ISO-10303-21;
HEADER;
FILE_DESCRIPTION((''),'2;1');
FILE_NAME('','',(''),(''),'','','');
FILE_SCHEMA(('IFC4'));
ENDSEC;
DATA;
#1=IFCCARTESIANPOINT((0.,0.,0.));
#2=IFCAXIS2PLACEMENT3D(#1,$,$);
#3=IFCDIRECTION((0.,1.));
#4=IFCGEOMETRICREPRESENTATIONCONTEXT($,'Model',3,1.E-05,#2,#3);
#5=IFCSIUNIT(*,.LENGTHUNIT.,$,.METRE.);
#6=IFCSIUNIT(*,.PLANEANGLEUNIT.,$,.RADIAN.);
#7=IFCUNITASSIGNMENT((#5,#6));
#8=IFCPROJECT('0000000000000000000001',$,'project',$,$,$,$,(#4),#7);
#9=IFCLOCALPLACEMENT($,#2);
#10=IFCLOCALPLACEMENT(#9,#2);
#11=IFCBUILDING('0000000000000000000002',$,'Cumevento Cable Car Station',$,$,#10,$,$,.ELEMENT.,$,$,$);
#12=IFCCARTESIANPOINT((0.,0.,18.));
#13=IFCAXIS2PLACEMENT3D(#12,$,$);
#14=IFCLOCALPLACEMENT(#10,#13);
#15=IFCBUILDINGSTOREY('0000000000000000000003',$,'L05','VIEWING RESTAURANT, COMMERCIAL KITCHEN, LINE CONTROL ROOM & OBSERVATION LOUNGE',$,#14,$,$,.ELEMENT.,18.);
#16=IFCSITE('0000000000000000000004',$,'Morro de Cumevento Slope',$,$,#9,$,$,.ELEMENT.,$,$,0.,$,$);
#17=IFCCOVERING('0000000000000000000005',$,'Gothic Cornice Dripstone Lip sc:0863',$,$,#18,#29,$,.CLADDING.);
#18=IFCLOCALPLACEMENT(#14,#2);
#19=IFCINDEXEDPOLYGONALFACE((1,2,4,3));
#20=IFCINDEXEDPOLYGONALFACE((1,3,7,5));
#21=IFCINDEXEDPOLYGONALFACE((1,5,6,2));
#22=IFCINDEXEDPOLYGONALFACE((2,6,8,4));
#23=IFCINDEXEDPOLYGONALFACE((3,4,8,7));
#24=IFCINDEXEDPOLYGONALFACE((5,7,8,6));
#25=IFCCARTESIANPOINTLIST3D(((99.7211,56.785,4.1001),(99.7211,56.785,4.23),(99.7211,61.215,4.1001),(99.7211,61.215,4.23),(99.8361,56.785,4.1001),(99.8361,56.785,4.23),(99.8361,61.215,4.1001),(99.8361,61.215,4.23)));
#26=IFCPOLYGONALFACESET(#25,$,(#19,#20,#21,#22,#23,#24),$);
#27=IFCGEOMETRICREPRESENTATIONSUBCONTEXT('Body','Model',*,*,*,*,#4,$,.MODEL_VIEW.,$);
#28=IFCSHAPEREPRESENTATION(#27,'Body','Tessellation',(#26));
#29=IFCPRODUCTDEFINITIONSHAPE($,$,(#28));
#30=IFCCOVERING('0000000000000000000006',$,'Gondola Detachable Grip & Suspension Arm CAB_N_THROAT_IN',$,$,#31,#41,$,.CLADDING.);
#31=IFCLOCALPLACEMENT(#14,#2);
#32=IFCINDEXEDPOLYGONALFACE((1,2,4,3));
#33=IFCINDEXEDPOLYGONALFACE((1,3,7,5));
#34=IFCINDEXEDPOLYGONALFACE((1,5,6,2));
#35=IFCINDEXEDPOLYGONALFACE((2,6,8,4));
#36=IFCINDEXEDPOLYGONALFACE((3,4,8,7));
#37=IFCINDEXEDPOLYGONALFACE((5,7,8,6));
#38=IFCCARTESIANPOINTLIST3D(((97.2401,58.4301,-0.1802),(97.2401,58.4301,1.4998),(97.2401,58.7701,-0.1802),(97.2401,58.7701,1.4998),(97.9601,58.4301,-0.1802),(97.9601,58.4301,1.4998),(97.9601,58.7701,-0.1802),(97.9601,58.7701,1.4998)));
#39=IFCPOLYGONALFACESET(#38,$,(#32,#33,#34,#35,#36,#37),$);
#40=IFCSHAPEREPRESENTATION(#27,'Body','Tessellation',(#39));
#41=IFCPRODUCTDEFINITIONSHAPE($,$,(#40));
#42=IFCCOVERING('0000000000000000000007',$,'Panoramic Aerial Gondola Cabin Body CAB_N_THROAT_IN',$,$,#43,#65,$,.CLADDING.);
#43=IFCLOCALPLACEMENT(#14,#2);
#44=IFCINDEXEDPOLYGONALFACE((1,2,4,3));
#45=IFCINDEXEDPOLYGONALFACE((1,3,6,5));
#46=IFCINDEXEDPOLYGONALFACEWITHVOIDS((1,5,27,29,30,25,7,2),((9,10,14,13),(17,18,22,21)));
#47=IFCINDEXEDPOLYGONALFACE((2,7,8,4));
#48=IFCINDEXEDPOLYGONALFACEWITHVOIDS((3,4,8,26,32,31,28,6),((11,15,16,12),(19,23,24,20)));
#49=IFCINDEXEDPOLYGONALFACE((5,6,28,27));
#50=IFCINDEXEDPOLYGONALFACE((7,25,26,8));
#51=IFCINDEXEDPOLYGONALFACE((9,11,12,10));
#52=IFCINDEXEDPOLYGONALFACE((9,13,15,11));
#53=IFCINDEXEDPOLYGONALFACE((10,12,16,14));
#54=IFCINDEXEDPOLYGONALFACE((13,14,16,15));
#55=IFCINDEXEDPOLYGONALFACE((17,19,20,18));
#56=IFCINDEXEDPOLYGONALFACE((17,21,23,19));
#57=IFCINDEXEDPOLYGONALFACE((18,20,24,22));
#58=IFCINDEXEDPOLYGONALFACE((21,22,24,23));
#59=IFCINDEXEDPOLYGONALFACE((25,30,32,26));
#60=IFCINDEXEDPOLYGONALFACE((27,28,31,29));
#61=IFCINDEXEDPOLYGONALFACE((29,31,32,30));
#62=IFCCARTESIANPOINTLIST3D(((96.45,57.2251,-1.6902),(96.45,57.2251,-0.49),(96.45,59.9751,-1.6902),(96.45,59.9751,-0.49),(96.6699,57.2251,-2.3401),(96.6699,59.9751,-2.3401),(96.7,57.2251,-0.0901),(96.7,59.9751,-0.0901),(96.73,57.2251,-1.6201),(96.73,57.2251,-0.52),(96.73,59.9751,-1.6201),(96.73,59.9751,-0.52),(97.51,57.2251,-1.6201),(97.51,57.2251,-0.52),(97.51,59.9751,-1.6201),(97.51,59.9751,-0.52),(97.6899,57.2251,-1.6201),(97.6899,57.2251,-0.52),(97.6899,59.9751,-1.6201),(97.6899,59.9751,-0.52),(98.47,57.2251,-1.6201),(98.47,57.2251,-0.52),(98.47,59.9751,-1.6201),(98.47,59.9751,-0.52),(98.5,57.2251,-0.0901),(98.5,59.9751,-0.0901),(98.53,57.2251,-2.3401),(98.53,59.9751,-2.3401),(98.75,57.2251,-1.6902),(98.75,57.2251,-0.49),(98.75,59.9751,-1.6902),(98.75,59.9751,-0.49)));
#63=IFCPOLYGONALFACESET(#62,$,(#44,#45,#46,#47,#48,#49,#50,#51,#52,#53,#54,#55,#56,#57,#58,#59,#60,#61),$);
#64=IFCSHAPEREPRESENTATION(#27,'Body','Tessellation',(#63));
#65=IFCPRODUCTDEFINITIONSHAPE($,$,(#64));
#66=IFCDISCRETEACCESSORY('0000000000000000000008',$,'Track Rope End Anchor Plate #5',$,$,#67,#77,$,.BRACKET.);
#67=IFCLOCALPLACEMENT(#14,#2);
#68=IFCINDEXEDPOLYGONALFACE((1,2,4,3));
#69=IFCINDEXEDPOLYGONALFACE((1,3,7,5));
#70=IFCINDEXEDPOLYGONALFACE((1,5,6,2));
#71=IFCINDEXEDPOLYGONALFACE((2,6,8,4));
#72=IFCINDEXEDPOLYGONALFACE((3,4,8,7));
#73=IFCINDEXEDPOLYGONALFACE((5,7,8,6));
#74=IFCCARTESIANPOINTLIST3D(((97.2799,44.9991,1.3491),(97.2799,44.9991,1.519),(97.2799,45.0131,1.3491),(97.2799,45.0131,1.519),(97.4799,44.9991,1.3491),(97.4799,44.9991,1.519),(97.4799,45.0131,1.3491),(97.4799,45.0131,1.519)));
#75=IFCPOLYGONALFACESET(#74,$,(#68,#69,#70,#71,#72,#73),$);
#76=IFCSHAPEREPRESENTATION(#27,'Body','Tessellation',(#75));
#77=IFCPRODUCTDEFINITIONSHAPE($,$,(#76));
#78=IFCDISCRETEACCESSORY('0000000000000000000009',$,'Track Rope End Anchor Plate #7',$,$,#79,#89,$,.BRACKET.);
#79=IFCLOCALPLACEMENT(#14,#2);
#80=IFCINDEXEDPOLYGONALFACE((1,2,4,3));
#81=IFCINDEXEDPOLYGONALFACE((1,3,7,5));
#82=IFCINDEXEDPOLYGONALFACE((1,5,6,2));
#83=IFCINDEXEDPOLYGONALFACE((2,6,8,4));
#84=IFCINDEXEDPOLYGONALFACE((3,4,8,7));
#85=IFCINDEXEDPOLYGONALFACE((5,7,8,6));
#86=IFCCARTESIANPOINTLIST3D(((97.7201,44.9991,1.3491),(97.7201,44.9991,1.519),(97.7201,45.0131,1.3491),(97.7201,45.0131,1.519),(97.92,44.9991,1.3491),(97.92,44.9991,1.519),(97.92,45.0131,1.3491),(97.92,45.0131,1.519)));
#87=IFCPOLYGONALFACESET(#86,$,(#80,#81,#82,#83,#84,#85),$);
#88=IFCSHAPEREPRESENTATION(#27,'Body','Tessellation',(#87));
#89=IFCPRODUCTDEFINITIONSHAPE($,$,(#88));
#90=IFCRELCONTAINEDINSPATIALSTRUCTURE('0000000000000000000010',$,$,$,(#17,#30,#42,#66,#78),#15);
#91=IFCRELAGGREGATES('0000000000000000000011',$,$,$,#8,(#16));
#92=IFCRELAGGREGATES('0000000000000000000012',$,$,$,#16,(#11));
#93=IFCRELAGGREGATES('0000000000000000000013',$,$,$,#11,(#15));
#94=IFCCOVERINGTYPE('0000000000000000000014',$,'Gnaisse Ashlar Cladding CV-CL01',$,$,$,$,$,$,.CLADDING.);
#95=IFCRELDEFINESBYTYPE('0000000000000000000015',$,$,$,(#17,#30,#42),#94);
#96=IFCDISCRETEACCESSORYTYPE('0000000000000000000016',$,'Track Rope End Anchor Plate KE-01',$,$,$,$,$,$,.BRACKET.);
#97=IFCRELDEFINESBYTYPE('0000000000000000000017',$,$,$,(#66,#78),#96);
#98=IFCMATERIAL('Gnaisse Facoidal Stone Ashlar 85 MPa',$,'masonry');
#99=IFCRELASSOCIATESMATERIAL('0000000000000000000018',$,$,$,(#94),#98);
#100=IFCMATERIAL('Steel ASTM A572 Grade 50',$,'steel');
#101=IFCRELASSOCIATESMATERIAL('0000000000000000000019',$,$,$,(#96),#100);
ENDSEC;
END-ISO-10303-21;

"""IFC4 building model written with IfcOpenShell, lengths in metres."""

from ifc_helpers import new_model, si_unit, direction, frame, origin, origin_2d, place, context, subcontext, project, spatial, polyline, rectangle, outline, extrude, material, type_object, element, save


model = new_model("IFC4")

# Units and contexts
model_context = context("Model", 3, precision=1e-05, world=origin(), true_north=direction((0.0, 1.0)))
body_context = subcontext(model_context, "Body", "Model", "MODEL_VIEW")
ifc_project = project(units=[si_unit("LENGTHUNIT", "METRE"), si_unit("PLANEANGLEUNIT", "RADIAN")], contexts=[model_context])

# Site, building, storey
site_placement = place(None, origin())
site = spatial("IfcSite", under=ifc_project, at=site_placement, Name="Morro de Cumevento Slope", CompositionType="ELEMENT", RefElevation=0.0)
building_placement = place(site_placement, origin())
building = spatial("IfcBuilding", under=site, at=building_placement, Name="Cumevento Cable Car Station", CompositionType="ELEMENT")
storey_placement = place(building_placement, frame((0.0, 0.0, 18.0)))
storey = spatial("IfcBuildingStorey", under=building, at=storey_placement, Name="L05", Description="VIEWING RESTAURANT, COMMERCIAL KITCHEN, LINE CONTROL ROOM & OBSERVATION LOUNGE", CompositionType="ELEMENT", Elevation=18.0)

# Coverings
ifc_material_1 = material(Name="Gnaisse Facoidal Stone Ashlar 85 MPa", Category="masonry")
covering_type = type_object("IfcCoveringType", Name="Gnaisse Ashlar Cladding CV-CL01", PredefinedType="CLADDING", material=ifc_material_1)
covering_1_placement = place(storey_placement, frame((99.7786, 59.0, 4.1001), z_axis=(0.0, 0.0, 1.0), x_axis=(0.0, 1.0, 0.0)))
element("IfcCovering", 1, at=covering_1_placement, inside=storey, type_object=covering_type, Name="Gothic Cornice Dripstone Lip sc:0863", PredefinedType="CLADDING", context=body_context, shape_type="SweptSolid", body=[
    extrude(rectangle(XDim=4.4299, YDim=0.115, at=origin_2d()), origin(), (0.0, 0.0, 1.0), 0.1299),
])
covering_2_placement = place(storey_placement, frame((97.6001, 58.6001, -0.1802), z_axis=(0.0, 0.0, 1.0), x_axis=(1.0, 0.0, 0.0)))
element("IfcCovering", 2, at=covering_2_placement, inside=storey, type_object=covering_type, Name="Gondola Detachable Grip & Suspension Arm CAB_N_THROAT_IN", PredefinedType="CLADDING", context=body_context, shape_type="SweptSolid", body=[
    extrude(rectangle(XDim=0.72, YDim=0.3401, at=origin_2d()), origin(), (0.0, 0.0, 1.0), 1.6799),
])
covering_3_placement = place(storey_placement, frame((96.45, 58.6001, -2.3401), z_axis=(0.0, 0.0, 1.0), x_axis=(1.0, 0.0, 0.0)))
element("IfcCovering", 3, at=covering_3_placement, inside=storey, type_object=covering_type, Name="Panoramic Aerial Gondola Cabin Body CAB_N_THROAT_IN", PredefinedType="CLADDING", context=body_context, shape_type="SweptSolid", body=[
    extrude(outline(polyline([(0.22, 0.0), (2.0801, 0.0), (2.3, 0.6499), (2.3, 1.8501), (2.05, 2.25), (0.25, 2.25), (0.0, 1.8501), (0.0, 0.6499), (0.22, 0.0)]), holes=[polyline([(0.28, 0.72), (1.0601, 0.72), (1.0601, 1.8201), (0.28, 1.8201), (0.28, 0.72)]), polyline([(1.24, 0.72), (2.02, 0.72), (2.02, 1.8201), (1.24, 1.8201), (1.24, 0.72)])]), frame((0.0, 1.375, 0.0), z_axis=(0.0, -1.0, 0.0), x_axis=(1.0, 0.0, 0.0)), (0.0, 0.0, 1.0), 2.75),
])

# Discrete accessories
ifc_material_2 = material(Name="Steel ASTM A572 Grade 50", Category="steel")
discrete_accessory_type = type_object("IfcDiscreteAccessoryType", Name="Track Rope End Anchor Plate KE-01", PredefinedType="BRACKET", material=ifc_material_2)
for number, where, z_axis, x_axis, name in (
    (4, (97.3799, 45.0061, 1.3491), (0.0, 0.0, 1.0), (0.0, 1.0, 0.0), "Track Rope End Anchor Plate #5"),
    (5, (97.8201, 45.0061, 1.3491), (0.0, 0.0, 1.0), (0.0, 1.0, 0.0), "Track Rope End Anchor Plate #7"),
):
    element("IfcDiscreteAccessory", number, at=place(storey_placement, frame(where, z_axis=z_axis, x_axis=x_axis)), inside=storey, type_object=discrete_accessory_type, Name=name, PredefinedType="BRACKET", context=body_context, shape_type="SweptSolid", body=[
        extrude(rectangle(XDim=0.0139, YDim=0.2, at=origin_2d()), origin(), (0.0, 0.0, 1.0), 0.1699),
    ])

save(model, "model.ifc")
